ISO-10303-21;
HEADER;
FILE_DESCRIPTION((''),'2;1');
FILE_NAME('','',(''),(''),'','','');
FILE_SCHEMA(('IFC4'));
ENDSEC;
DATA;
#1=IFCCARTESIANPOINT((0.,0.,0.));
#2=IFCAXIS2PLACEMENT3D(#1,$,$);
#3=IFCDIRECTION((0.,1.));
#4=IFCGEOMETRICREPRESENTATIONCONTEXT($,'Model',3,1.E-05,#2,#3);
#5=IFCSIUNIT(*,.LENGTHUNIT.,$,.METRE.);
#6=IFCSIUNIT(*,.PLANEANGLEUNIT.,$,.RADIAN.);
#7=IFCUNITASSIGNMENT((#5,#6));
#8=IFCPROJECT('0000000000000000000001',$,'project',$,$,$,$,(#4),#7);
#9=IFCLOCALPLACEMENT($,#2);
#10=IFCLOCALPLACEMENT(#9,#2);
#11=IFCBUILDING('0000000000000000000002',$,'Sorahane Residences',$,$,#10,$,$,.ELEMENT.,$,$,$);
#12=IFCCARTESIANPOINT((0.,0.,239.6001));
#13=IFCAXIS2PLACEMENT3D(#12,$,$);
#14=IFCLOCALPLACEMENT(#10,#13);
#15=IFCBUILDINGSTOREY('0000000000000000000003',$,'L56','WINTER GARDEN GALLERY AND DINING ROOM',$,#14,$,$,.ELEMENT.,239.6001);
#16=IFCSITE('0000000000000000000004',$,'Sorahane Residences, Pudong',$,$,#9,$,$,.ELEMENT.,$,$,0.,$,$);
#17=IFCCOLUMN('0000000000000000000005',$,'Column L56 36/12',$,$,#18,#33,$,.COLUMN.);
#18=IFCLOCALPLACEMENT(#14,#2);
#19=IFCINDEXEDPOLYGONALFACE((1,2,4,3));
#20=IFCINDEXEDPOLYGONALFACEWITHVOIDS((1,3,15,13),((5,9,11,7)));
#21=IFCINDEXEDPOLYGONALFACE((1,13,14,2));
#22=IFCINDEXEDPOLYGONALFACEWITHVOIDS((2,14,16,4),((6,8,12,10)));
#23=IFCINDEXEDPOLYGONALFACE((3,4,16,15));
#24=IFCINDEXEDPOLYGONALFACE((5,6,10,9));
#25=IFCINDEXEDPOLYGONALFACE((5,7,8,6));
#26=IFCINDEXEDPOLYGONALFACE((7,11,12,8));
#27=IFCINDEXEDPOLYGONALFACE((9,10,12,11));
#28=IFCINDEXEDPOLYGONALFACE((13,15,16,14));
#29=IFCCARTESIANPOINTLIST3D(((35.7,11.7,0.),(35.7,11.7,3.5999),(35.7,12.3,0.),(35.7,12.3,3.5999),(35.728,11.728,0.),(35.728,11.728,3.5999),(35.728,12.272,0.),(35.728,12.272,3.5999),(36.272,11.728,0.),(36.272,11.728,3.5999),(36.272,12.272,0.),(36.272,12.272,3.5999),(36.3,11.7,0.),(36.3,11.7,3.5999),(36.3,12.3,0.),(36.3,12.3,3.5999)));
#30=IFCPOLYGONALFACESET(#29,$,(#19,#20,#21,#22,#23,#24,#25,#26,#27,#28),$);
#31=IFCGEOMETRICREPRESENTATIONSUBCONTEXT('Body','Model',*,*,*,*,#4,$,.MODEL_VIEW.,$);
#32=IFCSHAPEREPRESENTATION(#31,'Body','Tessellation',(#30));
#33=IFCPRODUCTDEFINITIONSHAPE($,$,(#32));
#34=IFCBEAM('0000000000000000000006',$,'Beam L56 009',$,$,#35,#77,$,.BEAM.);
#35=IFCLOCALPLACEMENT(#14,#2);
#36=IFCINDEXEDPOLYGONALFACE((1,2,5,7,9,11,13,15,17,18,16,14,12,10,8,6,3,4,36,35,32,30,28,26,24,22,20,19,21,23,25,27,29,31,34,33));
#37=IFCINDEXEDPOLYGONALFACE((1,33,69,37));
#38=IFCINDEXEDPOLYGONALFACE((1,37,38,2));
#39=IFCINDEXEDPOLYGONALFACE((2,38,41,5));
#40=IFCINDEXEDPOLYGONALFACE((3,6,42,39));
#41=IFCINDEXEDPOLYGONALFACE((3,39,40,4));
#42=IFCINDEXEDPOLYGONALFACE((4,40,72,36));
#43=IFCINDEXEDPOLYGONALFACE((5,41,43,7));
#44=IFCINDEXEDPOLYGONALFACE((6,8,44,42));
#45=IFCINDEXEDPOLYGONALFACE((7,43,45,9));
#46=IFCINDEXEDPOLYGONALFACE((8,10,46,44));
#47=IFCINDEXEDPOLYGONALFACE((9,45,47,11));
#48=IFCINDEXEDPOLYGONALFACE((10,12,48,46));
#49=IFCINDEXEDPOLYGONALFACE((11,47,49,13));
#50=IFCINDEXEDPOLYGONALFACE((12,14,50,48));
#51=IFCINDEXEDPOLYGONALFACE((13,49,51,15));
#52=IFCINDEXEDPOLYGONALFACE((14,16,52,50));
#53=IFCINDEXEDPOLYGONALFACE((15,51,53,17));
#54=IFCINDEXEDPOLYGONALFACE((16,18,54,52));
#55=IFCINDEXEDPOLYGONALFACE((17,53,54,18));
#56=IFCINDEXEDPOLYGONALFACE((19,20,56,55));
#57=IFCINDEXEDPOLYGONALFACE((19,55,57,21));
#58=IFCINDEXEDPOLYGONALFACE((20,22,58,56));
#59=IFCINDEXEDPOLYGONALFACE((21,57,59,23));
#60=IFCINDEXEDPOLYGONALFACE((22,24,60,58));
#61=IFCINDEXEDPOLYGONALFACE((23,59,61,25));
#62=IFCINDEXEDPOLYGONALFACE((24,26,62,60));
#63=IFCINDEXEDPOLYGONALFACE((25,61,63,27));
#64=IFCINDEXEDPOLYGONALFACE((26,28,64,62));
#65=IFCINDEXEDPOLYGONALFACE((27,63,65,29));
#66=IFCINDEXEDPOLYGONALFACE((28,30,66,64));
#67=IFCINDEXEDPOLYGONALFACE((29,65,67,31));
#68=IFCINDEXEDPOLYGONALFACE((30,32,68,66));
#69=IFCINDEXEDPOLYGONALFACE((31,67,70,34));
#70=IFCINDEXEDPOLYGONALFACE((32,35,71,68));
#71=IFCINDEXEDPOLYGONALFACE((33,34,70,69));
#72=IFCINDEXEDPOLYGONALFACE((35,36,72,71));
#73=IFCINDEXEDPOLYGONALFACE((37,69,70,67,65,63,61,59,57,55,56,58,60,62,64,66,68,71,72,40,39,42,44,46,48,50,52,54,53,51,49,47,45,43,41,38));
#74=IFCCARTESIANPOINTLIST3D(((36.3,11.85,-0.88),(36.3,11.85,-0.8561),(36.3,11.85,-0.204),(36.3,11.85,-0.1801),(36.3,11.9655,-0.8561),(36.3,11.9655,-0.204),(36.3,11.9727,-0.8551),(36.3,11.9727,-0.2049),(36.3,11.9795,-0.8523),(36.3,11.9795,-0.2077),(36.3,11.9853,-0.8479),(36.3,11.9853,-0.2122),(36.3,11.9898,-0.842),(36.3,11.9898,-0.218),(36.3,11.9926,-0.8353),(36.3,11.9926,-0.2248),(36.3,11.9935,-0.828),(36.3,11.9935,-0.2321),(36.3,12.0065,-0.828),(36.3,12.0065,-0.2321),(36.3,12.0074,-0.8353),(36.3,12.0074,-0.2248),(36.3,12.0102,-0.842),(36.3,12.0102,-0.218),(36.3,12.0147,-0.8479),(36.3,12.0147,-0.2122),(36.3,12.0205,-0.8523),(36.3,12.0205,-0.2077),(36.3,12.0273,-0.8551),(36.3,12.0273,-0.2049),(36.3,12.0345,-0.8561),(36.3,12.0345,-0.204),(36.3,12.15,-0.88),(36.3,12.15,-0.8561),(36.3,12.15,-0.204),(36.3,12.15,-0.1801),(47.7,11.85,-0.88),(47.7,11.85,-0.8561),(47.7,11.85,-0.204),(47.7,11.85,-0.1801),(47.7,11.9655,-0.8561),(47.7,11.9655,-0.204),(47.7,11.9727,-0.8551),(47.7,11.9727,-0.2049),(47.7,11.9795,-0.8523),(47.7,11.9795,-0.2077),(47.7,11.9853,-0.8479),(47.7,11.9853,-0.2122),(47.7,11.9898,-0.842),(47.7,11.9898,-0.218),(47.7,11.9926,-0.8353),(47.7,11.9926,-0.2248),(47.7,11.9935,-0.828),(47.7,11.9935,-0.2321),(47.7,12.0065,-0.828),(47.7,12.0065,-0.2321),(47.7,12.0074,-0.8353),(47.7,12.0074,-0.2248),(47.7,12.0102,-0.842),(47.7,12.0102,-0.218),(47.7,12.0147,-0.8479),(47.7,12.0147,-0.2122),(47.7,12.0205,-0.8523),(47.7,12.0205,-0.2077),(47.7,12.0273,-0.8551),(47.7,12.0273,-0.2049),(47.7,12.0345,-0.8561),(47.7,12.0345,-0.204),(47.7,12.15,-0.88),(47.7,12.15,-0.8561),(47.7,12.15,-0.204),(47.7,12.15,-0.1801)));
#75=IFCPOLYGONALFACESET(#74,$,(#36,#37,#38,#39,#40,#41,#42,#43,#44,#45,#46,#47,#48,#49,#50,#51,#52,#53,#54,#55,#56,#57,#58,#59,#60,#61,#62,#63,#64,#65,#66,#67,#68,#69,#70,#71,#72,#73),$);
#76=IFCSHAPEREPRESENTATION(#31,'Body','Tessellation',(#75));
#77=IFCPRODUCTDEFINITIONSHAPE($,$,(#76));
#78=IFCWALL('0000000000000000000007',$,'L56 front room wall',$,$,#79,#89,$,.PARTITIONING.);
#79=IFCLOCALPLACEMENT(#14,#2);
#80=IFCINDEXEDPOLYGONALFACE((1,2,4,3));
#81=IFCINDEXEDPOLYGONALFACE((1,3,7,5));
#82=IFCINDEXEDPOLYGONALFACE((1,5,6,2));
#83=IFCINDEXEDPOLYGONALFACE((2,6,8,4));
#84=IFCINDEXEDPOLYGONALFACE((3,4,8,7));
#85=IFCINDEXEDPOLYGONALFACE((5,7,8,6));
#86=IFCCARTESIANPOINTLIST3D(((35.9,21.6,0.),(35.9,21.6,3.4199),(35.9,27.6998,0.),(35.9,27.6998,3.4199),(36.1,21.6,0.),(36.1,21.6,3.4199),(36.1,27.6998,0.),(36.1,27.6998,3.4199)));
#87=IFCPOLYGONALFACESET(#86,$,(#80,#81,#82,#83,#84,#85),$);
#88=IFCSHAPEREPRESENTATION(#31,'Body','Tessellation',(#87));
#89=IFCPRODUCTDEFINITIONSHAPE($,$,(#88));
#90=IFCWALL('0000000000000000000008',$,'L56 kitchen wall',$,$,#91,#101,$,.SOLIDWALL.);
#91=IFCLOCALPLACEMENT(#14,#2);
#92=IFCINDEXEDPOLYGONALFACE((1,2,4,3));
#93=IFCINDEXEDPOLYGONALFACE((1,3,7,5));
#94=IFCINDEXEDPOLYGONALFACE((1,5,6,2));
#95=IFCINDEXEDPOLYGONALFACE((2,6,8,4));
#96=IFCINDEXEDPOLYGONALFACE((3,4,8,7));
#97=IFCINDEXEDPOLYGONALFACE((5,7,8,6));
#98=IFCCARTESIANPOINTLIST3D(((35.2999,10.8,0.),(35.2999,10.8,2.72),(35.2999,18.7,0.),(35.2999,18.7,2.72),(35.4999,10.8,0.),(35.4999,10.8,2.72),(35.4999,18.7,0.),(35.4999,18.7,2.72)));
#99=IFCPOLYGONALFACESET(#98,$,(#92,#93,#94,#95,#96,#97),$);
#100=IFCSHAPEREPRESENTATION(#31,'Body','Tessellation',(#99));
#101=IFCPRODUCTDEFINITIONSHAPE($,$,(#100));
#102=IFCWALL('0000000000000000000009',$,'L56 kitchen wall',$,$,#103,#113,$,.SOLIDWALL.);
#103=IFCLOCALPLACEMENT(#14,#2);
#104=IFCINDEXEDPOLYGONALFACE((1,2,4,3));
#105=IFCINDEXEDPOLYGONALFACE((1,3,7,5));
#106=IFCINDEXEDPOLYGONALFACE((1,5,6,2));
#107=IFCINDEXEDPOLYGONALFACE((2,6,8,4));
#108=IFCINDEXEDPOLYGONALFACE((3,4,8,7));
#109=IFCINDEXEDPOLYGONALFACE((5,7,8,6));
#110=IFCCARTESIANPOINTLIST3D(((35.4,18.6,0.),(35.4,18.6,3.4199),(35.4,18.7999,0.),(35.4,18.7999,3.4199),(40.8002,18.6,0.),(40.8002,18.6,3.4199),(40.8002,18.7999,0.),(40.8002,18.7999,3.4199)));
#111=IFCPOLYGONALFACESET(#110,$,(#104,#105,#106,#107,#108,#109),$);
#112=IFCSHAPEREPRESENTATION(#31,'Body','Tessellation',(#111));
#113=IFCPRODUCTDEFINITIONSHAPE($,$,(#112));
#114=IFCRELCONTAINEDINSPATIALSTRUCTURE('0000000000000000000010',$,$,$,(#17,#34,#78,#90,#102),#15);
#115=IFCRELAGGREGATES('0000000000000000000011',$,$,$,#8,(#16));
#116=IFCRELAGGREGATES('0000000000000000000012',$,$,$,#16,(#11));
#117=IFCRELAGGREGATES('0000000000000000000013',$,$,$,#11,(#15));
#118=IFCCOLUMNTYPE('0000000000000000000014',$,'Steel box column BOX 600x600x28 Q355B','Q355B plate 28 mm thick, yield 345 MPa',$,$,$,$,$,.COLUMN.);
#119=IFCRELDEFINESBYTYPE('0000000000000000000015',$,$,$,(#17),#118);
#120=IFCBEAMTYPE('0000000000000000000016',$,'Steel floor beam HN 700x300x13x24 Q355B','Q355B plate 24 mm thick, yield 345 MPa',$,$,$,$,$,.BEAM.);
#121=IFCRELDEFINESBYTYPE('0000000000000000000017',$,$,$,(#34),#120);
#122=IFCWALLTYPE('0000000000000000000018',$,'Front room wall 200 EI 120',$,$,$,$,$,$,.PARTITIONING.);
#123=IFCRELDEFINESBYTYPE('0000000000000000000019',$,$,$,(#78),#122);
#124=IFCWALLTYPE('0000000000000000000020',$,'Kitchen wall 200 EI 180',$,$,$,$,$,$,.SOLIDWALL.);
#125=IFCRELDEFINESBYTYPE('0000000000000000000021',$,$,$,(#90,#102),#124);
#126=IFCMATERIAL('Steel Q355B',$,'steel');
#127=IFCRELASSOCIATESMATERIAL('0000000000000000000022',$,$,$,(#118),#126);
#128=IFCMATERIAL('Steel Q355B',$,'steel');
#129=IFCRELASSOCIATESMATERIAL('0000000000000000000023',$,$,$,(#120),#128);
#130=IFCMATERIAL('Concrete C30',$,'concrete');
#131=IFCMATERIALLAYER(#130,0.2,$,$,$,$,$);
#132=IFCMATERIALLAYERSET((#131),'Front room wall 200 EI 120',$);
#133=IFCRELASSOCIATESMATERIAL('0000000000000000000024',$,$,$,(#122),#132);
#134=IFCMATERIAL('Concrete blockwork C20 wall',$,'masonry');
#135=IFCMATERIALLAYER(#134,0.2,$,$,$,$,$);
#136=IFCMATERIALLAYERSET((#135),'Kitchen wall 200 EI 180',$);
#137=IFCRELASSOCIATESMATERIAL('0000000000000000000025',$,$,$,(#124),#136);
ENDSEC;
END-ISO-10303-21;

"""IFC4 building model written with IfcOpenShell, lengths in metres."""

from ifc_helpers import new_model, si_unit, direction, frame, frame_2d, origin, origin_2d, place, context, subcontext, project, spatial, rectangle, hollow_rectangle, i_section, extrude, material, layer, layer_set, material_profile, profile_set, type_object, element, save


model = new_model("IFC4")

# Units and contexts
model_context = context("Model", 3, precision=1e-05, world=origin(), true_north=direction((0.0, 1.0)))
body_context = subcontext(model_context, "Body", "Model", "MODEL_VIEW")
ifc_project = project(units=[si_unit("LENGTHUNIT", "METRE"), si_unit("PLANEANGLEUNIT", "RADIAN")], contexts=[model_context])

# Site, building, storey
site_placement = place(None, origin())
site = spatial("IfcSite", under=ifc_project, at=site_placement, Name="Sorahane Residences, Pudong", CompositionType="ELEMENT", RefElevation=0.0)
building_placement = place(site_placement, origin())
building = spatial("IfcBuilding", under=site, at=building_placement, Name="Sorahane Residences", CompositionType="ELEMENT")
storey_placement = place(building_placement, frame((0.0, 0.0, 239.6001)))
storey = spatial("IfcBuildingStorey", under=building, at=storey_placement, Name="L56", Description="WINTER GARDEN GALLERY AND DINING ROOM", CompositionType="ELEMENT", Elevation=239.6001)

# Column
ifc_material_1 = material(Name="Steel Q355B", Category="steel")
ifc_material_profile_1 = material_profile(ifc_material_1, hollow_rectangle(XDim=0.6001, YDim=0.6001, WallThickness=0.0281, at=origin_2d()), Name="BOX 600x600x28")
ifc_profile_set_1 = profile_set([ifc_material_profile_1], Name="Steel Q355B")
column_type = type_object("IfcColumnType", Name="Steel box column BOX 600x600x28 Q355B", Description="Q355B plate 28 mm thick, yield 345 MPa", PredefinedType="COLUMN", material=ifc_profile_set_1)
column_placement = place(storey_placement, frame((36.0, 12.0, 0.0), z_axis=(0.0, 0.0, 1.0), x_axis=(1.0, 0.0, 0.0)))
element("IfcColumn", 1, at=column_placement, inside=storey, type_object=column_type, Name="Column L56 36/12", PredefinedType="COLUMN", context=body_context, shape_type="SweptSolid", body=[
    extrude(hollow_rectangle(XDim=0.6001, YDim=0.6001, WallThickness=0.0281, at=origin_2d()), origin(), (0.0, 0.0, 1.0), 3.5999),
])

# Beam
ifc_material_2 = material(Name="Steel Q355B", Category="steel")
ifc_material_profile_2 = material_profile(ifc_material_2, i_section(OverallWidth=0.3, OverallDepth=0.7, WebThickness=0.0129, FlangeThickness=0.0239, FilletRadius=0.0281, at=origin_2d()), Name="HN 700x300x13x24")
ifc_profile_set_2 = profile_set([ifc_material_profile_2], Name="Steel Q355B")
beam_type = type_object("IfcBeamType", Name="Steel floor beam HN 700x300x13x24 Q355B", Description="Q355B plate 24 mm thick, yield 345 MPa", PredefinedType="BEAM", material=ifc_profile_set_2)
beam_placement = place(storey_placement, frame((36.3, 12.0, -0.53), z_axis=(1.0, 0.0, 0.0), x_axis=(0.0, 1.0, 0.0)))
element("IfcBeam", 2, at=beam_placement, inside=storey, type_object=beam_type, Name="Beam L56 009", PredefinedType="BEAM", context=body_context, shape_type="SweptSolid", body=[
    extrude(i_section(OverallWidth=0.3, OverallDepth=0.7, WebThickness=0.0129, FlangeThickness=0.0239, FilletRadius=0.0281, at=origin_2d()), origin(), (0.0, 0.0, 1.0), 11.3999),
])

# Walls
ifc_material_3 = material(Name="Concrete C30", Category="concrete")
ifc_layer_1 = layer(ifc_material_3, 0.2)
ifc_layer_set_1 = layer_set([ifc_layer_1], Name="Front room wall 200 EI 120")
wall_type_1 = type_object("IfcWallType", Name="Front room wall 200 EI 120", PredefinedType="PARTITIONING", material=ifc_layer_set_1)
wall_1_placement = place(storey_placement, frame((36.0, 21.6001, 0.0), z_axis=(0.0, 0.0, 1.0), x_axis=(0.0, 1.0, 0.0)))
element("IfcWall", 3, at=wall_1_placement, inside=storey, type_object=wall_type_1, Name="L56 front room wall", PredefinedType="PARTITIONING", context=body_context, shape_type="SweptSolid", body=[
    extrude(rectangle(XDim=6.0999, YDim=0.2, at=frame_2d((3.0498, 0.0))), origin(), (0.0, 0.0, 1.0), 3.4199),
])
ifc_material_4 = material(Name="Concrete blockwork C20 wall", Category="masonry")
ifc_layer_2 = layer(ifc_material_4, 0.2)
ifc_layer_set_2 = layer_set([ifc_layer_2], Name="Kitchen wall 200 EI 180")
wall_type_2 = type_object("IfcWallType", Name="Kitchen wall 200 EI 180", PredefinedType="SOLIDWALL", material=ifc_layer_set_2)
wall_2_placement = place(storey_placement, frame((35.3999, 10.8, 0.0), z_axis=(0.0, 0.0, 1.0), x_axis=(0.0, 1.0, 0.0)))
element("IfcWall", 4, at=wall_2_placement, inside=storey, type_object=wall_type_2, Name="L56 kitchen wall", PredefinedType="SOLIDWALL", context=body_context, shape_type="SweptSolid", body=[
    extrude(rectangle(XDim=7.8999, YDim=0.2, at=frame_2d((3.95, 0.0))), origin(), (0.0, 0.0, 1.0), 2.72),
])

# Wall
wall_3_placement = place(storey_placement, frame((35.3999, 18.7, 0.0), z_axis=(0.0, 0.0, 1.0), x_axis=(1.0, 0.0, 0.0)))
element("IfcWall", 5, at=wall_3_placement, inside=storey, type_object=wall_type_2, Name="L56 kitchen wall", PredefinedType="SOLIDWALL", context=body_context, shape_type="SweptSolid", body=[
    extrude(rectangle(XDim=5.4001, YDim=0.2, at=frame_2d((2.7002, 0.0))), origin(), (0.0, 0.0, 1.0), 3.4199),
])

save(model, "model.ifc")
